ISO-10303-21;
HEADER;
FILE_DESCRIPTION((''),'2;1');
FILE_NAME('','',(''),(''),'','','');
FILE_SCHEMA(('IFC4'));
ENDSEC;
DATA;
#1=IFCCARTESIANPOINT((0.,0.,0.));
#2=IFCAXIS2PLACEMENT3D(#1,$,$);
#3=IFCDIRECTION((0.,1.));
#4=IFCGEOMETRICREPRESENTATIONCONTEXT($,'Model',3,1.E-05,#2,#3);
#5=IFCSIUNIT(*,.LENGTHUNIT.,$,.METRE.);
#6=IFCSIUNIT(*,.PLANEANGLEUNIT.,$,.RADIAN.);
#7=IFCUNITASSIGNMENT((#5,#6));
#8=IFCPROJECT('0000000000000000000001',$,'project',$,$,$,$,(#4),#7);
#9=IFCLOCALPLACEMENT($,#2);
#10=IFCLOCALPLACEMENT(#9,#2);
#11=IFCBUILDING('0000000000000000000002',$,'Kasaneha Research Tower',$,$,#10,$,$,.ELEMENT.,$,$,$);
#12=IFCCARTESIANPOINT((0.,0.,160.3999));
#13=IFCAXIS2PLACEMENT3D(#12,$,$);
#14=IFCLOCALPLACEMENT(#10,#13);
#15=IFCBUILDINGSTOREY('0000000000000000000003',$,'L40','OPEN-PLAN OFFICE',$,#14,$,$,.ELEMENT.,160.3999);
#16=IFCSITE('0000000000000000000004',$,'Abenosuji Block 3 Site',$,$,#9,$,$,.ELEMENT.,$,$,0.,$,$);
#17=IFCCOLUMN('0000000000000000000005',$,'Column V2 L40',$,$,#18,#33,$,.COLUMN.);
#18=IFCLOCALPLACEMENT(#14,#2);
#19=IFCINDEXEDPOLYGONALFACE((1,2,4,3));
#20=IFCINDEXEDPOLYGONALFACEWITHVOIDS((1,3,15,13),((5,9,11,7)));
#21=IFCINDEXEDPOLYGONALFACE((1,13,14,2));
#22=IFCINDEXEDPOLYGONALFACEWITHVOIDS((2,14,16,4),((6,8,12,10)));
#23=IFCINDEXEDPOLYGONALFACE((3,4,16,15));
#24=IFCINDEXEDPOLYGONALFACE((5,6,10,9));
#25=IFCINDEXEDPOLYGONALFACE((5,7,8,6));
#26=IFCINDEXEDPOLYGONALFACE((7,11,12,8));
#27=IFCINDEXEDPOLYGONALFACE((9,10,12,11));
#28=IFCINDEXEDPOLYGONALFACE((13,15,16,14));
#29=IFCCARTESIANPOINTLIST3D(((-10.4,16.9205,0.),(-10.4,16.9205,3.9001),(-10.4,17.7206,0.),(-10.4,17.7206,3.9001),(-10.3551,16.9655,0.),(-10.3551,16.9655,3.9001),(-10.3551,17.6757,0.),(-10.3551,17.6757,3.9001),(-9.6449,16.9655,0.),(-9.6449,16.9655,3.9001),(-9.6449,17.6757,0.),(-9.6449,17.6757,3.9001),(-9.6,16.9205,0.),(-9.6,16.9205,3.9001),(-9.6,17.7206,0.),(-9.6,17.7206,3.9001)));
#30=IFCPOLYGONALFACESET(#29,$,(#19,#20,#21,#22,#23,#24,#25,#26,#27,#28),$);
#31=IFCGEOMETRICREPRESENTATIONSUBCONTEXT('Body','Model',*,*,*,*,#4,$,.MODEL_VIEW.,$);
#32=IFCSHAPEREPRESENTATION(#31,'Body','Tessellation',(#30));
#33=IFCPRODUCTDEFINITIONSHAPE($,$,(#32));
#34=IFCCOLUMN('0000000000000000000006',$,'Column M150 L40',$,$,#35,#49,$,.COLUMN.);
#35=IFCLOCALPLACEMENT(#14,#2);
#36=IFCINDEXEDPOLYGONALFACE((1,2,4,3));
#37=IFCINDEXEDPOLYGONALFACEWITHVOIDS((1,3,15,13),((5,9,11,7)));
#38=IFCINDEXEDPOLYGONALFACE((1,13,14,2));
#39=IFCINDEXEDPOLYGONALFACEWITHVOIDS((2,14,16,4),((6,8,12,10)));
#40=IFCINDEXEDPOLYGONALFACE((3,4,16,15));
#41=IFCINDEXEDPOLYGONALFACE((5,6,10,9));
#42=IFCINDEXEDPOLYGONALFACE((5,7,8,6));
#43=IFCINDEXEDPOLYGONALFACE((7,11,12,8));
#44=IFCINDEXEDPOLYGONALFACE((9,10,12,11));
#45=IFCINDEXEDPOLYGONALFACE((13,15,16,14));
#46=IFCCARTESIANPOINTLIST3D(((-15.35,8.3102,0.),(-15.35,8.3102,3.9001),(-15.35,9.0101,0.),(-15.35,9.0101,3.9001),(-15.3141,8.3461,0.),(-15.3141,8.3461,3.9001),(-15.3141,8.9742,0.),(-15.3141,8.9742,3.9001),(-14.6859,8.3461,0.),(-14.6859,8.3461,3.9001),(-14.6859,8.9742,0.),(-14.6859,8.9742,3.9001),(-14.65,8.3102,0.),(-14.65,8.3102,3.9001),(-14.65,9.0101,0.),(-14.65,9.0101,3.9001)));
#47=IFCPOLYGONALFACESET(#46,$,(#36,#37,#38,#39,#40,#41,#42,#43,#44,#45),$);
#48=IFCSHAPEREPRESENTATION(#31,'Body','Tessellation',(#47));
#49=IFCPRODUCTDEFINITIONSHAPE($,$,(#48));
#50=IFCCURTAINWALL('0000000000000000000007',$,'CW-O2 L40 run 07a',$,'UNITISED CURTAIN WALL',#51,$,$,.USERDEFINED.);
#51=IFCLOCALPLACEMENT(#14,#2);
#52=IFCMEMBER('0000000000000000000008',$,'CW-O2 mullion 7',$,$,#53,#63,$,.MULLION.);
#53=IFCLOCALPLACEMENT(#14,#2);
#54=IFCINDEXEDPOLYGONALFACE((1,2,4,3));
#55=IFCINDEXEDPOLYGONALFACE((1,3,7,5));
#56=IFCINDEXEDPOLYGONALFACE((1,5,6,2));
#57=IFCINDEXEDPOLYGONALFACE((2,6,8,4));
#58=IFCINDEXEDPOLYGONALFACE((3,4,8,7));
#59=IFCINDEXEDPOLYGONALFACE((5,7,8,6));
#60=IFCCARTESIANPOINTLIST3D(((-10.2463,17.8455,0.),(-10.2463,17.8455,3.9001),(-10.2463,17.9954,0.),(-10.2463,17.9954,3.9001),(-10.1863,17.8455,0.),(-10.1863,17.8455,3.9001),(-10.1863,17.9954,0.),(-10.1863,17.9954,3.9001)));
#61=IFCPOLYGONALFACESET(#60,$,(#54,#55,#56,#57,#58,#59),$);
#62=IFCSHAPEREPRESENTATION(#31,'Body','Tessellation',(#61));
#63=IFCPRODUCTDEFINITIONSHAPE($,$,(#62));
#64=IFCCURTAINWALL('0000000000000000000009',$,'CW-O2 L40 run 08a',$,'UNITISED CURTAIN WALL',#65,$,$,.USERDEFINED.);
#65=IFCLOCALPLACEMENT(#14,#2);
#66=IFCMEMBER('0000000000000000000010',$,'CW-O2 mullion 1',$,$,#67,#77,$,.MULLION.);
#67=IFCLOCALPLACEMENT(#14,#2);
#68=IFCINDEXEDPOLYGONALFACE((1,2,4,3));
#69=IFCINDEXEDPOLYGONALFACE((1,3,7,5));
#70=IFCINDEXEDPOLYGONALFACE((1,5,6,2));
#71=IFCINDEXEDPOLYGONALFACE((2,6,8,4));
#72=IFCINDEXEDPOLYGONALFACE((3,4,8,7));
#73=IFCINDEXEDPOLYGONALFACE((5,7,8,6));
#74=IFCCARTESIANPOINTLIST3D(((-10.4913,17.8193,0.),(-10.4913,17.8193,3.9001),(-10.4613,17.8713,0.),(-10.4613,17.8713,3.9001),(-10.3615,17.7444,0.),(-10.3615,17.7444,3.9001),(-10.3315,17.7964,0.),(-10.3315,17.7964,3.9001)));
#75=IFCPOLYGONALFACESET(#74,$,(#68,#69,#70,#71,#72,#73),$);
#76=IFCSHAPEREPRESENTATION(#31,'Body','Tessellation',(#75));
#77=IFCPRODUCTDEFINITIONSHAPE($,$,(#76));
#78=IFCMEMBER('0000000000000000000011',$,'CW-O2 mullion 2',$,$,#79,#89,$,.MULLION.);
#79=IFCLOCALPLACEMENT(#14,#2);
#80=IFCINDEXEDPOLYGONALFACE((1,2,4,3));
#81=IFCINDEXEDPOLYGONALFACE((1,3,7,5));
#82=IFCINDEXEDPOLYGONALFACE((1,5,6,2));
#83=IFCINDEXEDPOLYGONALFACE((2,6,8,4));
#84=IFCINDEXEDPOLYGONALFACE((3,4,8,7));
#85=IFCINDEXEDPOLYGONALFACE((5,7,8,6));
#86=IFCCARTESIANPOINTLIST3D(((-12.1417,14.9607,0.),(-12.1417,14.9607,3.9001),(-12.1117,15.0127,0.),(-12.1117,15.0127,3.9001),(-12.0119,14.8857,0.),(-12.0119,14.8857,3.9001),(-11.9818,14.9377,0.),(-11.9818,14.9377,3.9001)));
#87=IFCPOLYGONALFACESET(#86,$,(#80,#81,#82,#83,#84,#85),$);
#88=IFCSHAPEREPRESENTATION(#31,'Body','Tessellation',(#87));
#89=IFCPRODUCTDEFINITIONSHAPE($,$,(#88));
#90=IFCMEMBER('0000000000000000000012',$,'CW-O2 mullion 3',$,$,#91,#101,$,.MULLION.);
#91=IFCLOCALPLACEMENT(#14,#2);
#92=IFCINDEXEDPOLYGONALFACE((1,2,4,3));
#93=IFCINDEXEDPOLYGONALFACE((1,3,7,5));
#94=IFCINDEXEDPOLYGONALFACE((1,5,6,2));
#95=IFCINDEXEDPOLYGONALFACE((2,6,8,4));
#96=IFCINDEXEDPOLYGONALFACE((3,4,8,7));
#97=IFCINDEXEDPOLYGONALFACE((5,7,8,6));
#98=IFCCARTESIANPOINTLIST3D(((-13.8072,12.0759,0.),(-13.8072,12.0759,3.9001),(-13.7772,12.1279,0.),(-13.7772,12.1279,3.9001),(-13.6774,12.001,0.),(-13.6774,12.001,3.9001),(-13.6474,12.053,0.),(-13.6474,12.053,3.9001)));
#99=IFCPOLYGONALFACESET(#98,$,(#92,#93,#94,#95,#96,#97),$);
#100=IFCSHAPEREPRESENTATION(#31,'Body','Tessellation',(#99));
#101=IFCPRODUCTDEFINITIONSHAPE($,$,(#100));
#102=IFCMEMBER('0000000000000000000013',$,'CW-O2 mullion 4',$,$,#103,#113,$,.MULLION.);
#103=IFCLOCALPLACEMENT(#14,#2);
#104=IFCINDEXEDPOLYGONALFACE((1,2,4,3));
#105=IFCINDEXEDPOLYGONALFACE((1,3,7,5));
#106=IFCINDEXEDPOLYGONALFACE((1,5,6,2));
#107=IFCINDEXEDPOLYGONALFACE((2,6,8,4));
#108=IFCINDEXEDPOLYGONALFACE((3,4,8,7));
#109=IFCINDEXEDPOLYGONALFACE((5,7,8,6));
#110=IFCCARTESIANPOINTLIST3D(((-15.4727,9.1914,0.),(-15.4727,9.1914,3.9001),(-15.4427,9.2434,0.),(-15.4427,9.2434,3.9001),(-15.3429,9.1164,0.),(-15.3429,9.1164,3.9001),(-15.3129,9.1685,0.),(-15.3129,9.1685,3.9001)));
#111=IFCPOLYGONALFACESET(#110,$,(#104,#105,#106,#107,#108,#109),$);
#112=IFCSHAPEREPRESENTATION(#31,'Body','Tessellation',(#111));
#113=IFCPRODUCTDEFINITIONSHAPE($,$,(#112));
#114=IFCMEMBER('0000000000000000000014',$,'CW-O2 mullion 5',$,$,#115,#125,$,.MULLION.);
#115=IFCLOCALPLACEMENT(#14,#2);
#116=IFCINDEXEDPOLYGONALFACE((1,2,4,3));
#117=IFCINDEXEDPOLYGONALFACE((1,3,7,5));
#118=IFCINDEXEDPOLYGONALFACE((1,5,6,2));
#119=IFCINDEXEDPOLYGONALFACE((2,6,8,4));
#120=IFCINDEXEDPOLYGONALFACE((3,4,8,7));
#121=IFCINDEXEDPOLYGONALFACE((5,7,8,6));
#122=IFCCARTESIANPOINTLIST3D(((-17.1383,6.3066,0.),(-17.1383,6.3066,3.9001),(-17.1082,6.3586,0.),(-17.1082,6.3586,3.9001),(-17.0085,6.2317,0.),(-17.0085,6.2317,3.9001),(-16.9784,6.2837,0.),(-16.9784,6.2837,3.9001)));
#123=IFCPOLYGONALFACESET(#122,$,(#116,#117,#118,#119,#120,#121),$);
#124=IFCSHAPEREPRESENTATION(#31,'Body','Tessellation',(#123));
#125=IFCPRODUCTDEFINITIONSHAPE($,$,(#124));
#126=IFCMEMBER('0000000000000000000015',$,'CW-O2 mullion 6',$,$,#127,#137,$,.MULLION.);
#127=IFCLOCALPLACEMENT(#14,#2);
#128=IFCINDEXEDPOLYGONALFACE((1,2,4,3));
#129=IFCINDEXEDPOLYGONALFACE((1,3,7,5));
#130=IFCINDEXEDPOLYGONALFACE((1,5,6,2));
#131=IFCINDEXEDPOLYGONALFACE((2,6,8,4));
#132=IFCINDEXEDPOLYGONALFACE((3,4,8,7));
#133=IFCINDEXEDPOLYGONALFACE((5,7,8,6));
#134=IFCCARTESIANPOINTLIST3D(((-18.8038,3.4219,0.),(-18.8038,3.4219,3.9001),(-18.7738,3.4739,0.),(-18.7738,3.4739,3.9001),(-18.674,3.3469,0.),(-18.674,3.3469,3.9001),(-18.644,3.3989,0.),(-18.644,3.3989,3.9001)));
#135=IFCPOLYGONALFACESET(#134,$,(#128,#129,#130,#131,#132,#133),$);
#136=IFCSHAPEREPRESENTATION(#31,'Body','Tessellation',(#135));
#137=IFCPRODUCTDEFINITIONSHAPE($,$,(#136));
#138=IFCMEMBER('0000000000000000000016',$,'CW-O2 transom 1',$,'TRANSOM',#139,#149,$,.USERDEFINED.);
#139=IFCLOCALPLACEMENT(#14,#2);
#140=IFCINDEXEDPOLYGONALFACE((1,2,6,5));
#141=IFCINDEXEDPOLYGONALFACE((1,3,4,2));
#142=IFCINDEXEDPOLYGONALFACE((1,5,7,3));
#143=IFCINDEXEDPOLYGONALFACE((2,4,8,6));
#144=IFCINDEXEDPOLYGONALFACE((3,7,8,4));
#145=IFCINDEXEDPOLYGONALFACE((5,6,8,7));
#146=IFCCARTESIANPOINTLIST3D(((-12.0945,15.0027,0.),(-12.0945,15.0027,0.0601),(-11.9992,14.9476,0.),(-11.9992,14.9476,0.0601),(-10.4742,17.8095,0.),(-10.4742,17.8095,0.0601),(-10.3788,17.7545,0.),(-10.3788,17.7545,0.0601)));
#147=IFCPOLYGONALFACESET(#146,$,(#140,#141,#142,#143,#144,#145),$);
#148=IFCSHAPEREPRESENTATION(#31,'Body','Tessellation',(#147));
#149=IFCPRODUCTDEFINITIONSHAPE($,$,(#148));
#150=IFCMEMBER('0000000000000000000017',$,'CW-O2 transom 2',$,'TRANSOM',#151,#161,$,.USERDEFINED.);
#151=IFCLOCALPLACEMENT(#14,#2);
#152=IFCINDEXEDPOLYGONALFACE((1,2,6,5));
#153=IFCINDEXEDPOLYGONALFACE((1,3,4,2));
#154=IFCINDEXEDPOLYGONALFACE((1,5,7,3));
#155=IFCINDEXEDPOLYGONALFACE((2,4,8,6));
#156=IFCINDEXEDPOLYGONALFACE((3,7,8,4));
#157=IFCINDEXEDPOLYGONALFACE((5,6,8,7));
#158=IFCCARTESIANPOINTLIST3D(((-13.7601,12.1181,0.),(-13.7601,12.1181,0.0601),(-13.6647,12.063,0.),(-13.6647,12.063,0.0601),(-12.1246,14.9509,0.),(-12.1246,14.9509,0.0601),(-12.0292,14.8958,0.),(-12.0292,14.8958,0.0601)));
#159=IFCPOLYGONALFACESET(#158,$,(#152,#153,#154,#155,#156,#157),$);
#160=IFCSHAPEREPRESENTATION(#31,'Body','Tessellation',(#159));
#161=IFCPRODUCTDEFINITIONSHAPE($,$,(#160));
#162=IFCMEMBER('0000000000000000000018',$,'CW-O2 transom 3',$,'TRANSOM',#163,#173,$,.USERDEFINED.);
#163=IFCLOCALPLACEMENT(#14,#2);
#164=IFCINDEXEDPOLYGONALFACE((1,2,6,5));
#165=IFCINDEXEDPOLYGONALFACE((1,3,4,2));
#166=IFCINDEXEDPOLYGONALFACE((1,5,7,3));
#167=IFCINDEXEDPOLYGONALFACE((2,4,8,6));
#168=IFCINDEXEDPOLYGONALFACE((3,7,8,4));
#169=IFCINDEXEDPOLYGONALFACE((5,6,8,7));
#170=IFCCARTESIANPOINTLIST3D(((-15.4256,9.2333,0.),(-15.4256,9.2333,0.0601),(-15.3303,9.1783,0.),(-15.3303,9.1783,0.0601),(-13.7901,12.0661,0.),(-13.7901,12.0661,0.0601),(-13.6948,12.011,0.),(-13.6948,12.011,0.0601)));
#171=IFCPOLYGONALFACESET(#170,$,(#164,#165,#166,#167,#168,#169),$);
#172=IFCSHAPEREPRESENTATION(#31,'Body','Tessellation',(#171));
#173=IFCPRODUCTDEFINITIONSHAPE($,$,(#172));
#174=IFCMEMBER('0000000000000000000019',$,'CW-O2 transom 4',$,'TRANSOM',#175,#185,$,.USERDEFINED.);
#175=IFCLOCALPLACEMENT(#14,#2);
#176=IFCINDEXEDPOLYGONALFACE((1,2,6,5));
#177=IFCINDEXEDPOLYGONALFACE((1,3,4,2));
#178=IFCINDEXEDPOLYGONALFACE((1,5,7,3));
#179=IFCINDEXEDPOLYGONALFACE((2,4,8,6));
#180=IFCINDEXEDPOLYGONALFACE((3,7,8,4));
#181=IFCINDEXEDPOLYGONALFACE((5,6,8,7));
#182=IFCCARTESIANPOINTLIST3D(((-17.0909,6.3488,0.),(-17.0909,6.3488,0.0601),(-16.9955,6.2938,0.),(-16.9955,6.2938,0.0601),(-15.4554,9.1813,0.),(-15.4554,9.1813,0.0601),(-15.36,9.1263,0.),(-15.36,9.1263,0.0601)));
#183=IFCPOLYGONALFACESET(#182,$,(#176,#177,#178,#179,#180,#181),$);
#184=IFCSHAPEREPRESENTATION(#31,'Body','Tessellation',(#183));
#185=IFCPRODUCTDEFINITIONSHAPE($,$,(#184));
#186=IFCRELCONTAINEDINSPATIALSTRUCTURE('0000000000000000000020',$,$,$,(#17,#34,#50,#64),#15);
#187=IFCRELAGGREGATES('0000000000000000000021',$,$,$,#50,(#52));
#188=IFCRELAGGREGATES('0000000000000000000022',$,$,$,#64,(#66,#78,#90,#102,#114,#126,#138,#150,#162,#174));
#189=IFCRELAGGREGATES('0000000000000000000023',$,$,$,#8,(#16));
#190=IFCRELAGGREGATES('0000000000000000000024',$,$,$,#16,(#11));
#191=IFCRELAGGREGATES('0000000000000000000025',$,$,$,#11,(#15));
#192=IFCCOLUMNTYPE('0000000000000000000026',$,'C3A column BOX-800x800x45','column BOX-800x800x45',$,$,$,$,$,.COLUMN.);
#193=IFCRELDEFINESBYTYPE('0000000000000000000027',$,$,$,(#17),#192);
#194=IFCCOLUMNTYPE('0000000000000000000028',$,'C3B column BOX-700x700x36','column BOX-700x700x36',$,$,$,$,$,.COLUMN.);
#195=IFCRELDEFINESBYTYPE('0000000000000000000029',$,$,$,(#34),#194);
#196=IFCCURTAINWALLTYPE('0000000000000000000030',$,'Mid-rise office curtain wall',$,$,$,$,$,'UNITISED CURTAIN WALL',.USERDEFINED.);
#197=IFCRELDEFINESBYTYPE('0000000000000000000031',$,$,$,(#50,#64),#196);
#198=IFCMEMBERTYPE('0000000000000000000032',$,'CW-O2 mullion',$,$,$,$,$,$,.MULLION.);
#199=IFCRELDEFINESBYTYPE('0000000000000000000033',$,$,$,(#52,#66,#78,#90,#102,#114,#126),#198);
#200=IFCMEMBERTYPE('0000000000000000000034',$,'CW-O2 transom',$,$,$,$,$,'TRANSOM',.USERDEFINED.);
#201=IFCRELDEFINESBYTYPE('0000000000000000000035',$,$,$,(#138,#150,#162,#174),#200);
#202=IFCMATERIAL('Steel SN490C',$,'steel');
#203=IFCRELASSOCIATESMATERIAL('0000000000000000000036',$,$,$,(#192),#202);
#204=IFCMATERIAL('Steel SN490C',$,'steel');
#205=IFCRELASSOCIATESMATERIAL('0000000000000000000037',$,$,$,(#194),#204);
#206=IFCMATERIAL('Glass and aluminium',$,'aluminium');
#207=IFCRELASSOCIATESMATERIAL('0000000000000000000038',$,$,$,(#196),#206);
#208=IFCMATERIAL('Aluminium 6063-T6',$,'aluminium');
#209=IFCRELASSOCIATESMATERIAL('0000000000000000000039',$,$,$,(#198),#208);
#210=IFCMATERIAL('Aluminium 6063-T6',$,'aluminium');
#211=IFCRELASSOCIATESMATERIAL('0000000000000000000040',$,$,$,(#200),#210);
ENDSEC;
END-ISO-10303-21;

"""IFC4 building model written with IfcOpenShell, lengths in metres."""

from ifc_helpers import new_model, si_unit, direction, frame, origin, origin_2d, place, context, subcontext, project, spatial, rectangle, hollow_rectangle, extrude, material, material_profile, profile_set, type_object, element, aggregate, save


model = new_model("IFC4")

# Units and contexts
model_context = context("Model", 3, precision=1e-05, world=origin(), true_north=direction((0.0, 1.0)))
body_context = subcontext(model_context, "Body", "Model", "MODEL_VIEW")
ifc_project = project(units=[si_unit("LENGTHUNIT", "METRE"), si_unit("PLANEANGLEUNIT", "RADIAN")], contexts=[model_context])

# Site, building, storey
site_placement = place(None, origin())
site = spatial("IfcSite", under=ifc_project, at=site_placement, Name="Abenosuji Block 3 Site", CompositionType="ELEMENT", RefElevation=0.0)
building_placement = place(site_placement, origin())
building = spatial("IfcBuilding", under=site, at=building_placement, Name="Kasaneha Research Tower", CompositionType="ELEMENT")
storey_placement = place(building_placement, frame((0.0, 0.0, 160.3999)))
storey = spatial("IfcBuildingStorey", under=building, at=storey_placement, Name="L40", Description="OPEN-PLAN OFFICE", CompositionType="ELEMENT", Elevation=160.3999)

# Columns
ifc_material_1 = material(Name="Steel SN490C", Category="steel")
ifc_material_profile_1 = material_profile(ifc_material_1, hollow_rectangle(XDim=0.8, YDim=0.8, WallThickness=0.0449, at=origin_2d()), Name="BOX-800x800x45")
ifc_profile_set_1 = profile_set([ifc_material_profile_1], Name="Steel SN490C")
column_type_1 = type_object("IfcColumnType", Name="C3A column BOX-800x800x45", Description="column BOX-800x800x45", PredefinedType="COLUMN", material=ifc_profile_set_1)
column_1_placement = place(storey_placement, frame((-10.0, 17.3206, 0.0), z_axis=(0.0, 0.0, 1.0), x_axis=(1.0, 0.0, 0.0)))
element("IfcColumn", 1, at=column_1_placement, inside=storey, type_object=column_type_1, Name="Column V2 L40", PredefinedType="COLUMN", context=body_context, shape_type="SweptSolid", body=[
    extrude(hollow_rectangle(XDim=0.8, YDim=0.8, WallThickness=0.0449, at=origin_2d()), origin(), (0.0, 0.0, 1.0), 3.9001),
])
ifc_material_2 = material(Name="Steel SN490C", Category="steel")
ifc_material_profile_2 = material_profile(ifc_material_2, hollow_rectangle(XDim=0.7, YDim=0.7, WallThickness=0.0359, at=origin_2d()), Name="BOX-700x700x36")
ifc_profile_set_2 = profile_set([ifc_material_profile_2], Name="Steel SN490C")
column_type_2 = type_object("IfcColumnType", Name="C3B column BOX-700x700x36", Description="column BOX-700x700x36", PredefinedType="COLUMN", material=ifc_profile_set_2)
column_2_placement = place(storey_placement, frame((-15.0, 8.6602, 0.0), z_axis=(0.0, 0.0, 1.0), x_axis=(1.0, 0.0, 0.0)))
element("IfcColumn", 2, at=column_2_placement, inside=storey, type_object=column_type_2, Name="Column M150 L40", PredefinedType="COLUMN", context=body_context, shape_type="SweptSolid", body=[
    extrude(hollow_rectangle(XDim=0.7, YDim=0.7, WallThickness=0.0359, at=origin_2d()), origin(), (0.0, 0.0, 1.0), 3.9001),
])

# Curtain wall, member
ifc_material_3 = material(Name="Glass and aluminium", Category="aluminium")
curtain_wall_type = type_object("IfcCurtainWallType", Name="Mid-rise office curtain wall", ElementType="UNITISED CURTAIN WALL", PredefinedType="USERDEFINED", material=ifc_material_3)
curtain_wall_1_placement = place(storey_placement, origin())
curtain_wall_1 = element("IfcCurtainWall", 3, at=curtain_wall_1_placement, inside=storey, type_object=curtain_wall_type, Name="CW-O2 L40 run 07a", ObjectType="UNITISED CURTAIN WALL", PredefinedType="USERDEFINED")
ifc_material_4 = material(Name="Aluminium 6063-T6", Category="aluminium")
ifc_material_profile_3 = material_profile(ifc_material_4, rectangle(XDim=0.0601, YDim=0.1499, at=origin_2d()), Name="CW-O2 mullion 60x150")
ifc_profile_set_3 = profile_set([ifc_material_profile_3], Name="Aluminium 6063-T6")
member_type_1 = type_object("IfcMemberType", Name="CW-O2 mullion", PredefinedType="MULLION", material=ifc_profile_set_3)
member_1_placement = place(storey_placement, frame((-10.2163, 17.9204, 0.0), z_axis=(0.0, 0.0, 1.0), x_axis=(-1.0, 0.0, 0.0)))
member_1 = element("IfcMember", 4, at=member_1_placement, type_object=member_type_1, Name="CW-O2 mullion 7", PredefinedType="MULLION", context=body_context, shape_type="SweptSolid", body=[
    extrude(rectangle(XDim=0.0601, YDim=0.1499, at=origin_2d()), origin(), (0.0, 0.0, 1.0), 3.9001),
])
aggregate(curtain_wall_1, [member_1])

# Curtain wall, members
curtain_wall_2_placement = place(storey_placement, origin())
curtain_wall_2 = element("IfcCurtainWall", 5, at=curtain_wall_2_placement, inside=storey, type_object=curtain_wall_type, Name="CW-O2 L40 run 08a", ObjectType="UNITISED CURTAIN WALL", PredefinedType="USERDEFINED")
member_2_placement = place(storey_placement, frame((-10.4114, 17.8079, 0.0), z_axis=(0.0, 0.0, 1.0), x_axis=(-0.5, -0.866025, 0.0)))
member_2 = element("IfcMember", 6, at=member_2_placement, type_object=member_type_1, Name="CW-O2 mullion 1", PredefinedType="MULLION", context=body_context, shape_type="SweptSolid", body=[
    extrude(rectangle(XDim=0.0601, YDim=0.1499, at=origin_2d()), origin(), (0.0, 0.0, 1.0), 3.9001),
])
member_3_placement = place(storey_placement, frame((-12.0618, 14.9492, 0.0), z_axis=(0.0, 0.0, 1.0), x_axis=(-0.5, -0.866025, 0.0)))
member_3 = element("IfcMember", 7, at=member_3_placement, type_object=member_type_1, Name="CW-O2 mullion 2", PredefinedType="MULLION", context=body_context, shape_type="SweptSolid", body=[
    extrude(rectangle(XDim=0.0601, YDim=0.1499, at=origin_2d()), origin(), (0.0, 0.0, 1.0), 3.9001),
])
member_4_placement = place(storey_placement, frame((-13.7273, 12.0645, 0.0), z_axis=(0.0, 0.0, 1.0), x_axis=(-0.5, -0.866025, 0.0)))
member_4 = element("IfcMember", 8, at=member_4_placement, type_object=member_type_1, Name="CW-O2 mullion 3", PredefinedType="MULLION", context=body_context, shape_type="SweptSolid", body=[
    extrude(rectangle(XDim=0.0601, YDim=0.1499, at=origin_2d()), origin(), (0.0, 0.0, 1.0), 3.9001),
])
member_5_placement = place(storey_placement, frame((-15.3928, 9.1799, 0.0), z_axis=(0.0, 0.0, 1.0), x_axis=(-0.5, -0.866025, 0.0)))
member_5 = element("IfcMember", 9, at=member_5_placement, type_object=member_type_1, Name="CW-O2 mullion 4", PredefinedType="MULLION", context=body_context, shape_type="SweptSolid", body=[
    extrude(rectangle(XDim=0.0601, YDim=0.1499, at=origin_2d()), origin(), (0.0, 0.0, 1.0), 3.9001),
])
member_6_placement = place(storey_placement, frame((-17.0583, 6.2952, 0.0), z_axis=(0.0, 0.0, 1.0), x_axis=(-0.5, -0.866025, 0.0)))
member_6 = element("IfcMember", 10, at=member_6_placement, type_object=member_type_1, Name="CW-O2 mullion 5", PredefinedType="MULLION", context=body_context, shape_type="SweptSolid", body=[
    extrude(rectangle(XDim=0.0601, YDim=0.1499, at=origin_2d()), origin(), (0.0, 0.0, 1.0), 3.9001),
])
member_7_placement = place(storey_placement, frame((-18.7239, 3.4104, 0.0), z_axis=(0.0, 0.0, 1.0), x_axis=(-0.5, -0.866025, 0.0)))
member_7 = element("IfcMember", 11, at=member_7_placement, type_object=member_type_1, Name="CW-O2 mullion 6", PredefinedType="MULLION", context=body_context, shape_type="SweptSolid", body=[
    extrude(rectangle(XDim=0.0601, YDim=0.1499, at=origin_2d()), origin(), (0.0, 0.0, 1.0), 3.9001),
])
ifc_material_5 = material(Name="Aluminium 6063-T6", Category="aluminium")
ifc_material_profile_4 = material_profile(ifc_material_5, rectangle(XDim=0.1101, YDim=0.0601, at=origin_2d()), Name="CW-O2 transom 110x60")
ifc_profile_set_4 = profile_set([ifc_material_profile_4], Name="Aluminium 6063-T6")
member_type_2 = type_object("IfcMemberType", Name="CW-O2 transom", ElementType="TRANSOM", PredefinedType="USERDEFINED", material=ifc_profile_set_4)
member_8_placement = place(storey_placement, frame((-10.4265, 17.782, 0.03), z_axis=(-0.499955, -0.866051, 0.0), x_axis=(0.866051, -0.499955, 0.0)))
member_8 = element("IfcMember", 12, at=member_8_placement, type_object=member_type_2, Name="CW-O2 transom 1", ObjectType="TRANSOM", PredefinedType="USERDEFINED", context=body_context, shape_type="SweptSolid", body=[
    extrude(rectangle(XDim=0.1101, YDim=0.0601, at=origin_2d()), origin(), (0.0, 0.0, 1.0), 3.241),
])
member_9_placement = place(storey_placement, frame((-12.0769, 14.9233, 0.03), z_axis=(-0.5, -0.866025, 0.0), x_axis=(0.866025, -0.5, 0.0)))
member_9 = element("IfcMember", 13, at=member_9_placement, type_object=member_type_2, Name="CW-O2 transom 2", ObjectType="TRANSOM", PredefinedType="USERDEFINED", context=body_context, shape_type="SweptSolid", body=[
    extrude(rectangle(XDim=0.1101, YDim=0.0601, at=origin_2d()), origin(), (0.0, 0.0, 1.0), 3.271),
])
member_10_placement = place(storey_placement, frame((-13.7424, 12.0386, 0.03), z_axis=(-0.5, -0.866025, 0.0), x_axis=(0.866025, -0.5, 0.0)))
member_10 = element("IfcMember", 14, at=member_10_placement, type_object=member_type_2, Name="CW-O2 transom 3", ObjectType="TRANSOM", PredefinedType="USERDEFINED", context=body_context, shape_type="SweptSolid", body=[
    extrude(rectangle(XDim=0.1101, YDim=0.0601, at=origin_2d()), origin(), (0.0, 0.0, 1.0), 3.271),
])
member_11_placement = place(storey_placement, frame((-15.4077, 9.1538, 0.03), z_axis=(-0.500033, -0.866007, 0.0), x_axis=(0.866007, -0.500033, 0.0)))
member_11 = element("IfcMember", 15, at=member_11_placement, type_object=member_type_2, Name="CW-O2 transom 4", ObjectType="TRANSOM", PredefinedType="USERDEFINED", context=body_context, shape_type="SweptSolid", body=[
    extrude(rectangle(XDim=0.1101, YDim=0.0601, at=origin_2d()), origin(), (0.0, 0.0, 1.0), 3.2708),
])

aggregate(curtain_wall_2, [member_2, member_3, member_4, member_5, member_6, member_7, member_8, member_9, member_10, member_11])

save(model, "model.ifc")
